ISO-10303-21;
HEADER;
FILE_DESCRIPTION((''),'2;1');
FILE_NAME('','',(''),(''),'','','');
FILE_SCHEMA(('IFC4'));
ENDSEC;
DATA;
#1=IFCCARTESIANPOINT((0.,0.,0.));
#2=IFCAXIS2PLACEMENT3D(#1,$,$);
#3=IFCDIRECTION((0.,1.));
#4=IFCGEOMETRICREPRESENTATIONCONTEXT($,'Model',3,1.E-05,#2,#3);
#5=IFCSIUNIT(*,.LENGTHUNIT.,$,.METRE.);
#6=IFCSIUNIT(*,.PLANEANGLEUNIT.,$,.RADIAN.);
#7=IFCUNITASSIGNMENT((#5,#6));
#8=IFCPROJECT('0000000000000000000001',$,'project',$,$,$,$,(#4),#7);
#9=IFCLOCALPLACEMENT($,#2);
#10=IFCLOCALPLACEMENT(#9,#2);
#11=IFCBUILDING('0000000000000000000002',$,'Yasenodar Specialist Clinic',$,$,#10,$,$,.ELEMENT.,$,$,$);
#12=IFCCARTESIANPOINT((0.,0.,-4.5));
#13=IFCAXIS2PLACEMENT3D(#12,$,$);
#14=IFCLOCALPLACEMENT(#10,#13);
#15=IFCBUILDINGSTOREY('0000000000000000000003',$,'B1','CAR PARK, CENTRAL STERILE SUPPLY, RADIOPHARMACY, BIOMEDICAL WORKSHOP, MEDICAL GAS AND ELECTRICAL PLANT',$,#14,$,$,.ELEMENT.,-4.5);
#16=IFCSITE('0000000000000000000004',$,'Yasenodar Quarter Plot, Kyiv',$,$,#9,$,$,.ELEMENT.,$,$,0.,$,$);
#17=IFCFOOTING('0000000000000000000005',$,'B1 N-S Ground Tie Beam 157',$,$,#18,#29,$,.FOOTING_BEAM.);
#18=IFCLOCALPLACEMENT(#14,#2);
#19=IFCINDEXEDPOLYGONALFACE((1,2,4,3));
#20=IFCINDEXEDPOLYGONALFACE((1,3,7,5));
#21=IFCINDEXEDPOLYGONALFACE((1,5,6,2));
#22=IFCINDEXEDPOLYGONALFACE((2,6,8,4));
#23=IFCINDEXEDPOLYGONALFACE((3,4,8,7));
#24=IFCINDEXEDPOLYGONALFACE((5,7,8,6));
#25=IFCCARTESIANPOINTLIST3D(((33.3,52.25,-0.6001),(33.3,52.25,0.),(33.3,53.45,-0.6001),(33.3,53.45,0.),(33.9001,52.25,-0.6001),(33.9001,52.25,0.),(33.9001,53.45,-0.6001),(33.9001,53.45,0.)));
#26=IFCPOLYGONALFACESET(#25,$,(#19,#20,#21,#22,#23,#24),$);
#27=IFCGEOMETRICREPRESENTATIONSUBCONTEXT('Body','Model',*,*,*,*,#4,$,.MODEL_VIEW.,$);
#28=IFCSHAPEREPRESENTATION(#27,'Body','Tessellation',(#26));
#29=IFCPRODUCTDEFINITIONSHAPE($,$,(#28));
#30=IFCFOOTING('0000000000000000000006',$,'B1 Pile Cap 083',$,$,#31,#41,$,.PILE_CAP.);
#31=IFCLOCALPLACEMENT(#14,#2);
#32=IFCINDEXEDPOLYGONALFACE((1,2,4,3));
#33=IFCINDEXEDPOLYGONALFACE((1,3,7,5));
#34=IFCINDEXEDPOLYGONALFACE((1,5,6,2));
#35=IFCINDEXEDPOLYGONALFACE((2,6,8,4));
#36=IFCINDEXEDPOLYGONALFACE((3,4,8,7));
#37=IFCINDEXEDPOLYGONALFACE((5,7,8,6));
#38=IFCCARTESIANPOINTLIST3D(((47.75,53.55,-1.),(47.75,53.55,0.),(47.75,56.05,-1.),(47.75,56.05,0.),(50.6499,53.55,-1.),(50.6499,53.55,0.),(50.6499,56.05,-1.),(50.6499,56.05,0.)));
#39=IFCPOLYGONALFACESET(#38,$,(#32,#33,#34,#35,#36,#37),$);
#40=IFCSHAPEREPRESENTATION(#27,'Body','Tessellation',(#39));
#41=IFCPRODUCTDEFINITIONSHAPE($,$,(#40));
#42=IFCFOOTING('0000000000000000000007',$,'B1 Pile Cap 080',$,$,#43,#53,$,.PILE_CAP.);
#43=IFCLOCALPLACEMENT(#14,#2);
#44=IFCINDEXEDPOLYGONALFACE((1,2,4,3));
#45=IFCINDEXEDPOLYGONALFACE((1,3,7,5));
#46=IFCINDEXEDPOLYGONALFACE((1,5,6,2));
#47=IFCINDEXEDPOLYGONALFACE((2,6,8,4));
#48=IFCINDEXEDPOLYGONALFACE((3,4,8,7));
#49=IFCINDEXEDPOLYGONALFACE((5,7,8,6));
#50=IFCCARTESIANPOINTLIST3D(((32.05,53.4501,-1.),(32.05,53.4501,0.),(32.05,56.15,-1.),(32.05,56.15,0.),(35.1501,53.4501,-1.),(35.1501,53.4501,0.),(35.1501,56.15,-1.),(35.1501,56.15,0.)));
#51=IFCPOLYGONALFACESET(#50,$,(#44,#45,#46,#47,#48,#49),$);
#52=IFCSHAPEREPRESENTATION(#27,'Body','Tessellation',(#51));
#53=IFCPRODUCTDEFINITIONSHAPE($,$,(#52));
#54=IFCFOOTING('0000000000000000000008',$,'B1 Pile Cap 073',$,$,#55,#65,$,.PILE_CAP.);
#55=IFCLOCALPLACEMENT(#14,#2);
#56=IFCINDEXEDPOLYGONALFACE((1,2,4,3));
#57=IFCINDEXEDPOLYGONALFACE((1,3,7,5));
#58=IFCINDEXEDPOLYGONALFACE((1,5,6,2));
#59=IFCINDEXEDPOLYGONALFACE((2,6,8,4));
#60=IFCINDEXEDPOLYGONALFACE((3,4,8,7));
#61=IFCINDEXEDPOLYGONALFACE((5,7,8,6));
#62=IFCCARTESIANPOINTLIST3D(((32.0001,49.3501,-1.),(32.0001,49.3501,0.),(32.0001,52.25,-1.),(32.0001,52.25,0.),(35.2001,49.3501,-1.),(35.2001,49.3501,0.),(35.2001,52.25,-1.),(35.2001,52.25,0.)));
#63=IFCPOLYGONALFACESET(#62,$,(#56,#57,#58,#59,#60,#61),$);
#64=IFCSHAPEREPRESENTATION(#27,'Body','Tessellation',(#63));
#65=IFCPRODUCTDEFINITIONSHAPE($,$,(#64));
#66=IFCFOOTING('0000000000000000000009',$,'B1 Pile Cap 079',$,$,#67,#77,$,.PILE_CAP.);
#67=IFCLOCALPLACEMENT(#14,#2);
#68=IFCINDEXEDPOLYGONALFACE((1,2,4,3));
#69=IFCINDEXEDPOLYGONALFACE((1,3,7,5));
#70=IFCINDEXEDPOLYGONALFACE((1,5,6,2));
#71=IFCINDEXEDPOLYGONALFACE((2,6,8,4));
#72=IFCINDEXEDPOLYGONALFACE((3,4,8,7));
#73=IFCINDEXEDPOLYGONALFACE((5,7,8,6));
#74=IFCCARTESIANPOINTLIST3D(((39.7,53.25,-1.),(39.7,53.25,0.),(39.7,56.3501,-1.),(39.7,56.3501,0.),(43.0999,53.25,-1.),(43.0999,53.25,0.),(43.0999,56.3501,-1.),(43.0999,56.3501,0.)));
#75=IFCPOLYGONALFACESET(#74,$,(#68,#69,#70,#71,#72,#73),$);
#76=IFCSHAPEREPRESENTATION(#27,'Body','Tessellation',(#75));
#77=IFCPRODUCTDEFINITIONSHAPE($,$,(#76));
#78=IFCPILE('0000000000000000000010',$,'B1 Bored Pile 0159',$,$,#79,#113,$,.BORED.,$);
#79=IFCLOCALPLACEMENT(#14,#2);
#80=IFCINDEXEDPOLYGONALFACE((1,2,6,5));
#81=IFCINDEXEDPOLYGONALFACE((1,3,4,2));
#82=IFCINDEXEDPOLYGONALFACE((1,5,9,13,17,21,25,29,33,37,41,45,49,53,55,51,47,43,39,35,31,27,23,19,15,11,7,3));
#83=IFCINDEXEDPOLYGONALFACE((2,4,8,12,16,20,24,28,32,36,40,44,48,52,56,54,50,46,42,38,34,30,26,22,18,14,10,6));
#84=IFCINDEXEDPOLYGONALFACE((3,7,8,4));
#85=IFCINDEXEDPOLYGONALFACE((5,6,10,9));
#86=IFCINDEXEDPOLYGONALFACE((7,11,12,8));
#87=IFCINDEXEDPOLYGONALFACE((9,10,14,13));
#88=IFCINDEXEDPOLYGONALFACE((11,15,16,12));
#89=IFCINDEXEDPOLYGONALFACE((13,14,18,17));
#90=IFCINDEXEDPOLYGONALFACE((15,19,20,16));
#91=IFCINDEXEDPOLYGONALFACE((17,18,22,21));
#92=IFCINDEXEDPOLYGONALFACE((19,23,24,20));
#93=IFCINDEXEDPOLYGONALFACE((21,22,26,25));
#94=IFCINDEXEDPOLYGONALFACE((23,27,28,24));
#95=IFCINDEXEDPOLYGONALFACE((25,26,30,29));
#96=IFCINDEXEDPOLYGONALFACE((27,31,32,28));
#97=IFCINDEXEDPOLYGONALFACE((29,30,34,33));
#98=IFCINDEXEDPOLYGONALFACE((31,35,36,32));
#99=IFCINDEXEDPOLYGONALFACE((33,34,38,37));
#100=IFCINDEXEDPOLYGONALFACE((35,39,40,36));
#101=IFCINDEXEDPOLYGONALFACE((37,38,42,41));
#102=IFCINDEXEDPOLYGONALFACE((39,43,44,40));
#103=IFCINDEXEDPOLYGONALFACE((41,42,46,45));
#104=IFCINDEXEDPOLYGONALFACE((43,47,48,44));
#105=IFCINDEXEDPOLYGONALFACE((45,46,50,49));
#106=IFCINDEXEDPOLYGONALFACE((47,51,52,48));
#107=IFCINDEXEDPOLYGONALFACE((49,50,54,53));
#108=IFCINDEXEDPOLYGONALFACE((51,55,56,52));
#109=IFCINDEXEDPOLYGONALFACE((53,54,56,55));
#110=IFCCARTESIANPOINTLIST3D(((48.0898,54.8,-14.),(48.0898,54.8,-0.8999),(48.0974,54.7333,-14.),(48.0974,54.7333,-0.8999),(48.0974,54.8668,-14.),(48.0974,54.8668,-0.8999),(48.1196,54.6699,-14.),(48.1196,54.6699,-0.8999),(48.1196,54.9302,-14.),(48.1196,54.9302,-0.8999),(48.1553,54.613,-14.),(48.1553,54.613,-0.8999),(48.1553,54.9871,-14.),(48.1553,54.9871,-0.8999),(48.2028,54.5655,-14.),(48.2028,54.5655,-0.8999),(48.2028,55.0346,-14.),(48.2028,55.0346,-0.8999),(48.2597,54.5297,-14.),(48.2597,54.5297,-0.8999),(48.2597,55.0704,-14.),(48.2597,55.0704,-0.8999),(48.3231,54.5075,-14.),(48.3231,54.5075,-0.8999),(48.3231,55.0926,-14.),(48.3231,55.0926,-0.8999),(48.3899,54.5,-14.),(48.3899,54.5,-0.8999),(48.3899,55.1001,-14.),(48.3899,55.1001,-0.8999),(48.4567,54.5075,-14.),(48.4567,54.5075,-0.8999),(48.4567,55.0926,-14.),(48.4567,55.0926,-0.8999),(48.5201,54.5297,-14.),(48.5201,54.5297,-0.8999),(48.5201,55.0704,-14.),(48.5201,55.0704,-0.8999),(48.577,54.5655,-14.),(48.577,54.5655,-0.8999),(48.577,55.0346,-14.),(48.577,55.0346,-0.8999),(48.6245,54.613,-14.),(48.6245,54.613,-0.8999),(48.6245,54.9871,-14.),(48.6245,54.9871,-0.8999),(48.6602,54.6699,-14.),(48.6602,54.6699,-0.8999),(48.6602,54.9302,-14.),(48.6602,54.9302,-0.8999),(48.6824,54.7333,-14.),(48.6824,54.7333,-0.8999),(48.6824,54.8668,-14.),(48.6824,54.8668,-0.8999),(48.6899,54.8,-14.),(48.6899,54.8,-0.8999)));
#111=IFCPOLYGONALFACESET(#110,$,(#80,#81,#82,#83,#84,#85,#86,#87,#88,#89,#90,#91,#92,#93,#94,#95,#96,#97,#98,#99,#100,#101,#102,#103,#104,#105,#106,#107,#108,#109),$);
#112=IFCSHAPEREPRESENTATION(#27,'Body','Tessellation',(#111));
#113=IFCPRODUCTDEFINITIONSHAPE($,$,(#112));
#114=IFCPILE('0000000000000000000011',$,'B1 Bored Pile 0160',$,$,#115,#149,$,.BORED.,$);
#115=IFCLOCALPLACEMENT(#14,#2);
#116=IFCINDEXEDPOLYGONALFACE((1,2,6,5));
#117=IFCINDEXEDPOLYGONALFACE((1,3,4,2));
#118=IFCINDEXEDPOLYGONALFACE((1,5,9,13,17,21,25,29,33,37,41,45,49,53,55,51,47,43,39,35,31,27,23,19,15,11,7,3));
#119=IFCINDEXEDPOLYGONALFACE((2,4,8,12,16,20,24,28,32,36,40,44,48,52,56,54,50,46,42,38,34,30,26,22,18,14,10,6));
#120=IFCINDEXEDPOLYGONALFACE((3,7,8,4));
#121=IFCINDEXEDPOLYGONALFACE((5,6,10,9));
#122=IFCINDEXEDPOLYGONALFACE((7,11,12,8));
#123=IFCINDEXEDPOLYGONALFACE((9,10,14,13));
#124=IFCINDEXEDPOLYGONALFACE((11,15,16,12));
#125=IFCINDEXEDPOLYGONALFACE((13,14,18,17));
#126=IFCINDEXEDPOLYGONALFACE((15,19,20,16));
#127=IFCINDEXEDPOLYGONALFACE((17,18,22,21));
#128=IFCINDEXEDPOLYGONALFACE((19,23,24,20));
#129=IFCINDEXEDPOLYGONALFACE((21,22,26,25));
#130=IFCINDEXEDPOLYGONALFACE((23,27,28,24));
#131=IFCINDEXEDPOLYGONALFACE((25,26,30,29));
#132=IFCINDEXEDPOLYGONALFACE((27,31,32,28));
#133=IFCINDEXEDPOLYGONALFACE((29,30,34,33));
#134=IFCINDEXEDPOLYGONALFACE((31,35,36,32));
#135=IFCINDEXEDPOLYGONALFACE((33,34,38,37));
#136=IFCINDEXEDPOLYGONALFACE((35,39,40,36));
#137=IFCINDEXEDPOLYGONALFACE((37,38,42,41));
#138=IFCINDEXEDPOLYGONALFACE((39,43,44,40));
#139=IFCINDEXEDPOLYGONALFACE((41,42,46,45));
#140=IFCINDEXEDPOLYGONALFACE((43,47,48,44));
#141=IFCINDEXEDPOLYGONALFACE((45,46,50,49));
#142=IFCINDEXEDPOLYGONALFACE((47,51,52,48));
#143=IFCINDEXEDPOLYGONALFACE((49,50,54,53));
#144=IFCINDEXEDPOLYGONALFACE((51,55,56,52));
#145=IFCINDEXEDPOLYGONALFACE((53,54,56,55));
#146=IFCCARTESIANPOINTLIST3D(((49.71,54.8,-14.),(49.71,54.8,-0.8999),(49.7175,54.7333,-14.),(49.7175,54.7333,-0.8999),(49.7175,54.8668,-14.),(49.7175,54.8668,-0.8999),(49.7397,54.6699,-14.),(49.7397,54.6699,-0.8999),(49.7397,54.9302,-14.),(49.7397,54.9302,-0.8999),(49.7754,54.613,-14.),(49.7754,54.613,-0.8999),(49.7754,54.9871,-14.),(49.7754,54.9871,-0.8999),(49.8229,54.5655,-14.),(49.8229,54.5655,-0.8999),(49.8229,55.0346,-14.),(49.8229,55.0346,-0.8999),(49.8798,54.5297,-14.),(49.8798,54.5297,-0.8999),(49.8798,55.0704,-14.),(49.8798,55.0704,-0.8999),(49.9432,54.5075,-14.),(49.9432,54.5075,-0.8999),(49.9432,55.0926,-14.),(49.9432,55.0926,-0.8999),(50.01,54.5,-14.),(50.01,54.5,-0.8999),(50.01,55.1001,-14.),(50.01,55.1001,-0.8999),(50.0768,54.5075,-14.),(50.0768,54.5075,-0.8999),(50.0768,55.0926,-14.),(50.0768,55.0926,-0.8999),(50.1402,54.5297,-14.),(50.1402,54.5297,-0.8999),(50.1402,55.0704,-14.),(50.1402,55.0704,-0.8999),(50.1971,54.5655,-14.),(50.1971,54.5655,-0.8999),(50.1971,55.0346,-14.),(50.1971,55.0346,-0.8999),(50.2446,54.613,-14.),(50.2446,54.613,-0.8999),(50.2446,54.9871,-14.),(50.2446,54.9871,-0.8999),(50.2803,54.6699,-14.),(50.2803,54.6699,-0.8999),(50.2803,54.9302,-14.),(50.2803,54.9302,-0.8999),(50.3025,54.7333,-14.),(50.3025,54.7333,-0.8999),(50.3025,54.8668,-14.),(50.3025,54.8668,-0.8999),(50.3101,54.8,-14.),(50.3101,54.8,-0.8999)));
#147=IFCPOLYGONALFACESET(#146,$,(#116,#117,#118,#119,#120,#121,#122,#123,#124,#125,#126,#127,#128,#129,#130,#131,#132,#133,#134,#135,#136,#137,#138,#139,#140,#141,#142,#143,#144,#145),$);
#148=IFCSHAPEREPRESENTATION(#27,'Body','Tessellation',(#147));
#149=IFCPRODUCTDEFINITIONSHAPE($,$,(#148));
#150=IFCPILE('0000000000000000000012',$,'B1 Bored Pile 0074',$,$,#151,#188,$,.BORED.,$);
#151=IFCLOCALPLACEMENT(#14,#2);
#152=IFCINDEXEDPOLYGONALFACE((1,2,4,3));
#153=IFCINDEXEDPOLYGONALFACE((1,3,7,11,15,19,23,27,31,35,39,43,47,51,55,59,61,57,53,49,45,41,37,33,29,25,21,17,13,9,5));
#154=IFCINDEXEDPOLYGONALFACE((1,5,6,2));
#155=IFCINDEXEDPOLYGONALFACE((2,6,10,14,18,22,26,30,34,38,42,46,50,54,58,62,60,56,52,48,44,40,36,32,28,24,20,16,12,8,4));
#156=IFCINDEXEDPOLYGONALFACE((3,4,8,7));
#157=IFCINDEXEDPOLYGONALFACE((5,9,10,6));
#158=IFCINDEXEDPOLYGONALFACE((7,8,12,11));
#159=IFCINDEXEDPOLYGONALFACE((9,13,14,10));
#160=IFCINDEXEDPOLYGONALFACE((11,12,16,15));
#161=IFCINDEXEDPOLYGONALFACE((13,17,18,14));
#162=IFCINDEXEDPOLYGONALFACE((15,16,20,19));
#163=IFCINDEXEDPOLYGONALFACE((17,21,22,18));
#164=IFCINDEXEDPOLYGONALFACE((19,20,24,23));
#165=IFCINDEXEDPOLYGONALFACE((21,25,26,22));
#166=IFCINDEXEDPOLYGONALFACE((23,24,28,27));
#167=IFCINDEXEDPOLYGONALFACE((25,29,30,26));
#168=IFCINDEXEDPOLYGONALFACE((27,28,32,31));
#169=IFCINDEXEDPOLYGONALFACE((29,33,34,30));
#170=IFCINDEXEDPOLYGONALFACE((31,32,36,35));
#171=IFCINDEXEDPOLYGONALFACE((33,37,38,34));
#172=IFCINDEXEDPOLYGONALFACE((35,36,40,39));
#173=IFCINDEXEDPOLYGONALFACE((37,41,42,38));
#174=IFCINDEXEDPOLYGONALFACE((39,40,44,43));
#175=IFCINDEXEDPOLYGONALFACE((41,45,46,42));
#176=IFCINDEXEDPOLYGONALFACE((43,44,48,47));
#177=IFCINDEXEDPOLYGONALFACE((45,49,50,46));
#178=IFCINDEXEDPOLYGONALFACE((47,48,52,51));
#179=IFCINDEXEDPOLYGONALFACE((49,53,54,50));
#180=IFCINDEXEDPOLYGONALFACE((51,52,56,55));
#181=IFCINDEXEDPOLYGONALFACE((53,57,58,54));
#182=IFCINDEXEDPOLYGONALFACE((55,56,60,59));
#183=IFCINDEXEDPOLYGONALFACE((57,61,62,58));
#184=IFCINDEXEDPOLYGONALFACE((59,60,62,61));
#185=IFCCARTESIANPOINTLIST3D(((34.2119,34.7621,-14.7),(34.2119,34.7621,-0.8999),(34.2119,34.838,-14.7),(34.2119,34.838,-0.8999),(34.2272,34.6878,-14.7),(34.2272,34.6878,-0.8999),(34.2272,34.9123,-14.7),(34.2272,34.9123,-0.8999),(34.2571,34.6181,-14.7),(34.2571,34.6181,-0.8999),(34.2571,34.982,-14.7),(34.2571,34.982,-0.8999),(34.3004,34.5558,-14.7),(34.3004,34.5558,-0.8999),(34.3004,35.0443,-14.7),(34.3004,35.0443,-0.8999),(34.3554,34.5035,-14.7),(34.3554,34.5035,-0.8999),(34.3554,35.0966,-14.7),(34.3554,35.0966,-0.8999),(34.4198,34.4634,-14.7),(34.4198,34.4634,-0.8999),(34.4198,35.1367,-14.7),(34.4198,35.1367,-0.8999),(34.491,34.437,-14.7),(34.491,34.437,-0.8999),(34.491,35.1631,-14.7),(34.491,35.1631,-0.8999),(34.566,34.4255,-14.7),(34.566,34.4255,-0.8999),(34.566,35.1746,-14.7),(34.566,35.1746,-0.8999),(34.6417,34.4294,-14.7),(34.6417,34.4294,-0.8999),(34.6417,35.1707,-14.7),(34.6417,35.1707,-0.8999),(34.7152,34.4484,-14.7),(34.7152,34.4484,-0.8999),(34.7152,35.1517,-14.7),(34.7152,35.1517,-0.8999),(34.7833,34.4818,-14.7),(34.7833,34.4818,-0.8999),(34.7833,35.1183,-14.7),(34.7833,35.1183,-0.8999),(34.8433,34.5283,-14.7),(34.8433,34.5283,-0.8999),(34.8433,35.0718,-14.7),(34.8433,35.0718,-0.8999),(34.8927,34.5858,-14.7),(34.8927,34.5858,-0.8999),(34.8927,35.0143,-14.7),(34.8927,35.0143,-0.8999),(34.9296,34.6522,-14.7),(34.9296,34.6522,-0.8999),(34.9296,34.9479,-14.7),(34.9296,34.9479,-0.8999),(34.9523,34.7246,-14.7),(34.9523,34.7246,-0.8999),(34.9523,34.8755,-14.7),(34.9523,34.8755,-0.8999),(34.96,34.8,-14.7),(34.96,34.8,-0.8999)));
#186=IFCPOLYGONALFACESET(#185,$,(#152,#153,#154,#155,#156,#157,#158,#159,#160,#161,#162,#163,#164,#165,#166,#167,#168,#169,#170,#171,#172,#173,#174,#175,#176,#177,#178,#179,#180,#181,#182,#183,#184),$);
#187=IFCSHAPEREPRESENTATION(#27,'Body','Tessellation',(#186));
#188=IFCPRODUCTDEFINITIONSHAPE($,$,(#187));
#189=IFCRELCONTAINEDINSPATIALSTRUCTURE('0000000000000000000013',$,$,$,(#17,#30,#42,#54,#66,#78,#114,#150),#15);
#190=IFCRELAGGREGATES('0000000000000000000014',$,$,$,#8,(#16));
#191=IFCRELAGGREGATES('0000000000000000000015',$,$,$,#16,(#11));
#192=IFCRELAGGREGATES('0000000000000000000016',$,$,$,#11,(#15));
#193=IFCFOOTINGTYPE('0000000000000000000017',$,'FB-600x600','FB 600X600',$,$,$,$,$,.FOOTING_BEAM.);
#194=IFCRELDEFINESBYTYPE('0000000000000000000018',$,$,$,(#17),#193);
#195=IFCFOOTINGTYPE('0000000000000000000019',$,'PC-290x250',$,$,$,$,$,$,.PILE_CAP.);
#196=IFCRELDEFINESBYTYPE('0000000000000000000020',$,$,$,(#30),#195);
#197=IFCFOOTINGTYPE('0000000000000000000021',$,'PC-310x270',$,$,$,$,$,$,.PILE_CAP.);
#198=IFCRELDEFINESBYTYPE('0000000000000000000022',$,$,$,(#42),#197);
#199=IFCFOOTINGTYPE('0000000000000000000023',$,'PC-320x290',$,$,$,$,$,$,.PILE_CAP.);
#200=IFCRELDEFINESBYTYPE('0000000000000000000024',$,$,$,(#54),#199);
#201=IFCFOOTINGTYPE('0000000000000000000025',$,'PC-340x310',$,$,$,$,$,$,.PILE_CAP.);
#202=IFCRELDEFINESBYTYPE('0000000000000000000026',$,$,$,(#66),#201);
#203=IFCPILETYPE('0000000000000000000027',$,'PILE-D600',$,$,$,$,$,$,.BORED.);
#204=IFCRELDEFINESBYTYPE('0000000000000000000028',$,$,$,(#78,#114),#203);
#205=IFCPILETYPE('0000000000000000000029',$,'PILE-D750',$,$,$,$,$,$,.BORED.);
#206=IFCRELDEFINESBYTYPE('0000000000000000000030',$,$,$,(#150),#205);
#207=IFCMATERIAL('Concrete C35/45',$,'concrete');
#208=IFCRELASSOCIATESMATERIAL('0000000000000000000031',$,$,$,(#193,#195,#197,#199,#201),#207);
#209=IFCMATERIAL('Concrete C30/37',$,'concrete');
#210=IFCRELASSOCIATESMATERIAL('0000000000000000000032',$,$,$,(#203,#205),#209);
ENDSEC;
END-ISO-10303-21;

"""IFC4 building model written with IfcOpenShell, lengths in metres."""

from ifc_helpers import new_model, si_unit, direction, frame, origin, origin_2d, place, context, subcontext, project, spatial, rectangle, circle, extrude, material, material_profile, profile_set, type_object, element, save


model = new_model("IFC4")

# Units and contexts
model_context = context("Model", 3, precision=1e-05, world=origin(), true_north=direction((0.0, 1.0)))
body_context = subcontext(model_context, "Body", "Model", "MODEL_VIEW")
ifc_project = project(units=[si_unit("LENGTHUNIT", "METRE"), si_unit("PLANEANGLEUNIT", "RADIAN")], contexts=[model_context])

# Site, building, storey
site_placement = place(None, origin())
site = spatial("IfcSite", under=ifc_project, at=site_placement, Name="Yasenodar Quarter Plot, Kyiv", CompositionType="ELEMENT", RefElevation=0.0)
building_placement = place(site_placement, origin())
building = spatial("IfcBuilding", under=site, at=building_placement, Name="Yasenodar Specialist Clinic", CompositionType="ELEMENT")
storey_placement = place(building_placement, frame((0.0, 0.0, -4.5)))
storey = spatial("IfcBuildingStorey", under=building, at=storey_placement, Name="B1", Description="CAR PARK, CENTRAL STERILE SUPPLY, RADIOPHARMACY, BIOMEDICAL WORKSHOP, MEDICAL GAS AND ELECTRICAL PLANT", CompositionType="ELEMENT", Elevation=-4.5)

# Footings
ifc_material_1 = material(Name="Concrete C35/45", Category="concrete")
ifc_material_profile_1 = material_profile(ifc_material_1, rectangle(XDim=0.6001, YDim=0.6001, at=origin_2d()), Name="RC 600x600")
ifc_profile_set_1 = profile_set([ifc_material_profile_1], Name="Concrete C35/45")
footing_type_1 = type_object("IfcFootingType", Name="FB-600x600", Description="FB 600X600", PredefinedType="FOOTING_BEAM", material=ifc_profile_set_1)
footing_1_placement = place(storey_placement, frame((33.6001, 52.25, -0.3), z_axis=(0.0, 1.0, 0.0), x_axis=(-1.0, 0.0, 0.0)))
element("IfcFooting", 1, at=footing_1_placement, inside=storey, type_object=footing_type_1, Name="B1 N-S Ground Tie Beam 157", PredefinedType="FOOTING_BEAM", context=body_context, shape_type="SweptSolid", body=[
    extrude(rectangle(XDim=0.6001, YDim=0.6001, at=origin_2d()), origin(), (0.0, 0.0, 1.0), 1.2),
])
footing_type_2 = type_object("IfcFootingType", Name="PC-290x250", PredefinedType="PILE_CAP", material=ifc_material_1)
footing_2_placement = place(storey_placement, frame((49.2, 54.8, -1.0), z_axis=(0.0, 0.0, 1.0), x_axis=(1.0, 0.0, 0.0)))
element("IfcFooting", 2, at=footing_2_placement, inside=storey, type_object=footing_type_2, Name="B1 Pile Cap 083", PredefinedType="PILE_CAP", context=body_context, shape_type="SweptSolid", body=[
    extrude(rectangle(XDim=2.8999, YDim=2.5, at=origin_2d()), origin(), (0.0, 0.0, 1.0), 1.0),
])
footing_type_3 = type_object("IfcFootingType", Name="PC-310x270", PredefinedType="PILE_CAP", material=ifc_material_1)
footing_3_placement = place(storey_placement, frame((33.6001, 54.8, -1.0), z_axis=(0.0, 0.0, 1.0), x_axis=(1.0, 0.0, 0.0)))
element("IfcFooting", 3, at=footing_3_placement, inside=storey, type_object=footing_type_3, Name="B1 Pile Cap 080", PredefinedType="PILE_CAP", context=body_context, shape_type="SweptSolid", body=[
    extrude(rectangle(XDim=3.1001, YDim=2.7, at=origin_2d()), origin(), (0.0, 0.0, 1.0), 1.0),
])
footing_type_4 = type_object("IfcFootingType", Name="PC-320x290", PredefinedType="PILE_CAP", material=ifc_material_1)
footing_4_placement = place(storey_placement, frame((33.6001, 50.8, -1.0), z_axis=(0.0, 0.0, 1.0), x_axis=(1.0, 0.0, 0.0)))
element("IfcFooting", 4, at=footing_4_placement, inside=storey, type_object=footing_type_4, Name="B1 Pile Cap 073", PredefinedType="PILE_CAP", context=body_context, shape_type="SweptSolid", body=[
    extrude(rectangle(XDim=3.2, YDim=2.8999, at=origin_2d()), origin(), (0.0, 0.0, 1.0), 1.0),
])
footing_type_5 = type_object("IfcFootingType", Name="PC-340x310", PredefinedType="PILE_CAP", material=ifc_material_1)
footing_5_placement = place(storey_placement, frame((41.3999, 54.8, -1.0), z_axis=(0.0, 0.0, 1.0), x_axis=(1.0, 0.0, 0.0)))
element("IfcFooting", 5, at=footing_5_placement, inside=storey, type_object=footing_type_5, Name="B1 Pile Cap 079", PredefinedType="PILE_CAP", context=body_context, shape_type="SweptSolid", body=[
    extrude(rectangle(XDim=3.3999, YDim=3.1001, at=origin_2d()), origin(), (0.0, 0.0, 1.0), 1.0),
])

# Piles
ifc_material_2 = material(Name="Concrete C30/37", Category="concrete")
ifc_material_profile_2 = material_profile(ifc_material_2, circle(Radius=0.3, at=origin_2d()), Name="PILE D600")
ifc_profile_set_2 = profile_set([ifc_material_profile_2], Name="Concrete C30/37")
pile_type_1 = type_object("IfcPileType", Name="PILE-D600", PredefinedType="BORED", material=ifc_profile_set_2)
for number, where, z_axis, x_axis, name in (
    (6, (48.3899, 54.8, -0.8999), (0.0, 0.0, -1.0), (1.0, 0.0, 0.0), "B1 Bored Pile 0159"),
    (7, (50.01, 54.8, -0.8999), (0.0, 0.0, -1.0), (1.0, 0.0, 0.0), "B1 Bored Pile 0160"),
):
    element("IfcPile", number, at=place(storey_placement, frame(where, z_axis=z_axis, x_axis=x_axis)), inside=storey, type_object=pile_type_1, Name=name, PredefinedType="BORED", context=body_context, shape_type="SweptSolid", body=[
        extrude(circle(Radius=0.3, at=origin_2d()), origin(), (0.0, 0.0, 1.0), 13.1001),
    ])
ifc_material_profile_3 = material_profile(ifc_material_2, circle(Radius=0.375, at=origin_2d()), Name="PILE D750")
ifc_profile_set_3 = profile_set([ifc_material_profile_3], Name="Concrete C30/37")
pile_type_2 = type_object("IfcPileType", Name="PILE-D750", PredefinedType="BORED", material=ifc_profile_set_3)
for number, where, z_axis, x_axis, name in (
    (8, (34.585, 34.8, -0.8999), (0.0, 0.0, -1.0), (1.0, 0.0, 0.0), "B1 Bored Pile 0074"),
):
    element("IfcPile", number, at=place(storey_placement, frame(where, z_axis=z_axis, x_axis=x_axis)), inside=storey, type_object=pile_type_2, Name=name, PredefinedType="BORED", context=body_context, shape_type="SweptSolid", body=[
        extrude(circle(Radius=0.375, at=origin_2d()), origin(), (0.0, 0.0, 1.0), 13.8),
    ])

save(model, "model.ifc")
